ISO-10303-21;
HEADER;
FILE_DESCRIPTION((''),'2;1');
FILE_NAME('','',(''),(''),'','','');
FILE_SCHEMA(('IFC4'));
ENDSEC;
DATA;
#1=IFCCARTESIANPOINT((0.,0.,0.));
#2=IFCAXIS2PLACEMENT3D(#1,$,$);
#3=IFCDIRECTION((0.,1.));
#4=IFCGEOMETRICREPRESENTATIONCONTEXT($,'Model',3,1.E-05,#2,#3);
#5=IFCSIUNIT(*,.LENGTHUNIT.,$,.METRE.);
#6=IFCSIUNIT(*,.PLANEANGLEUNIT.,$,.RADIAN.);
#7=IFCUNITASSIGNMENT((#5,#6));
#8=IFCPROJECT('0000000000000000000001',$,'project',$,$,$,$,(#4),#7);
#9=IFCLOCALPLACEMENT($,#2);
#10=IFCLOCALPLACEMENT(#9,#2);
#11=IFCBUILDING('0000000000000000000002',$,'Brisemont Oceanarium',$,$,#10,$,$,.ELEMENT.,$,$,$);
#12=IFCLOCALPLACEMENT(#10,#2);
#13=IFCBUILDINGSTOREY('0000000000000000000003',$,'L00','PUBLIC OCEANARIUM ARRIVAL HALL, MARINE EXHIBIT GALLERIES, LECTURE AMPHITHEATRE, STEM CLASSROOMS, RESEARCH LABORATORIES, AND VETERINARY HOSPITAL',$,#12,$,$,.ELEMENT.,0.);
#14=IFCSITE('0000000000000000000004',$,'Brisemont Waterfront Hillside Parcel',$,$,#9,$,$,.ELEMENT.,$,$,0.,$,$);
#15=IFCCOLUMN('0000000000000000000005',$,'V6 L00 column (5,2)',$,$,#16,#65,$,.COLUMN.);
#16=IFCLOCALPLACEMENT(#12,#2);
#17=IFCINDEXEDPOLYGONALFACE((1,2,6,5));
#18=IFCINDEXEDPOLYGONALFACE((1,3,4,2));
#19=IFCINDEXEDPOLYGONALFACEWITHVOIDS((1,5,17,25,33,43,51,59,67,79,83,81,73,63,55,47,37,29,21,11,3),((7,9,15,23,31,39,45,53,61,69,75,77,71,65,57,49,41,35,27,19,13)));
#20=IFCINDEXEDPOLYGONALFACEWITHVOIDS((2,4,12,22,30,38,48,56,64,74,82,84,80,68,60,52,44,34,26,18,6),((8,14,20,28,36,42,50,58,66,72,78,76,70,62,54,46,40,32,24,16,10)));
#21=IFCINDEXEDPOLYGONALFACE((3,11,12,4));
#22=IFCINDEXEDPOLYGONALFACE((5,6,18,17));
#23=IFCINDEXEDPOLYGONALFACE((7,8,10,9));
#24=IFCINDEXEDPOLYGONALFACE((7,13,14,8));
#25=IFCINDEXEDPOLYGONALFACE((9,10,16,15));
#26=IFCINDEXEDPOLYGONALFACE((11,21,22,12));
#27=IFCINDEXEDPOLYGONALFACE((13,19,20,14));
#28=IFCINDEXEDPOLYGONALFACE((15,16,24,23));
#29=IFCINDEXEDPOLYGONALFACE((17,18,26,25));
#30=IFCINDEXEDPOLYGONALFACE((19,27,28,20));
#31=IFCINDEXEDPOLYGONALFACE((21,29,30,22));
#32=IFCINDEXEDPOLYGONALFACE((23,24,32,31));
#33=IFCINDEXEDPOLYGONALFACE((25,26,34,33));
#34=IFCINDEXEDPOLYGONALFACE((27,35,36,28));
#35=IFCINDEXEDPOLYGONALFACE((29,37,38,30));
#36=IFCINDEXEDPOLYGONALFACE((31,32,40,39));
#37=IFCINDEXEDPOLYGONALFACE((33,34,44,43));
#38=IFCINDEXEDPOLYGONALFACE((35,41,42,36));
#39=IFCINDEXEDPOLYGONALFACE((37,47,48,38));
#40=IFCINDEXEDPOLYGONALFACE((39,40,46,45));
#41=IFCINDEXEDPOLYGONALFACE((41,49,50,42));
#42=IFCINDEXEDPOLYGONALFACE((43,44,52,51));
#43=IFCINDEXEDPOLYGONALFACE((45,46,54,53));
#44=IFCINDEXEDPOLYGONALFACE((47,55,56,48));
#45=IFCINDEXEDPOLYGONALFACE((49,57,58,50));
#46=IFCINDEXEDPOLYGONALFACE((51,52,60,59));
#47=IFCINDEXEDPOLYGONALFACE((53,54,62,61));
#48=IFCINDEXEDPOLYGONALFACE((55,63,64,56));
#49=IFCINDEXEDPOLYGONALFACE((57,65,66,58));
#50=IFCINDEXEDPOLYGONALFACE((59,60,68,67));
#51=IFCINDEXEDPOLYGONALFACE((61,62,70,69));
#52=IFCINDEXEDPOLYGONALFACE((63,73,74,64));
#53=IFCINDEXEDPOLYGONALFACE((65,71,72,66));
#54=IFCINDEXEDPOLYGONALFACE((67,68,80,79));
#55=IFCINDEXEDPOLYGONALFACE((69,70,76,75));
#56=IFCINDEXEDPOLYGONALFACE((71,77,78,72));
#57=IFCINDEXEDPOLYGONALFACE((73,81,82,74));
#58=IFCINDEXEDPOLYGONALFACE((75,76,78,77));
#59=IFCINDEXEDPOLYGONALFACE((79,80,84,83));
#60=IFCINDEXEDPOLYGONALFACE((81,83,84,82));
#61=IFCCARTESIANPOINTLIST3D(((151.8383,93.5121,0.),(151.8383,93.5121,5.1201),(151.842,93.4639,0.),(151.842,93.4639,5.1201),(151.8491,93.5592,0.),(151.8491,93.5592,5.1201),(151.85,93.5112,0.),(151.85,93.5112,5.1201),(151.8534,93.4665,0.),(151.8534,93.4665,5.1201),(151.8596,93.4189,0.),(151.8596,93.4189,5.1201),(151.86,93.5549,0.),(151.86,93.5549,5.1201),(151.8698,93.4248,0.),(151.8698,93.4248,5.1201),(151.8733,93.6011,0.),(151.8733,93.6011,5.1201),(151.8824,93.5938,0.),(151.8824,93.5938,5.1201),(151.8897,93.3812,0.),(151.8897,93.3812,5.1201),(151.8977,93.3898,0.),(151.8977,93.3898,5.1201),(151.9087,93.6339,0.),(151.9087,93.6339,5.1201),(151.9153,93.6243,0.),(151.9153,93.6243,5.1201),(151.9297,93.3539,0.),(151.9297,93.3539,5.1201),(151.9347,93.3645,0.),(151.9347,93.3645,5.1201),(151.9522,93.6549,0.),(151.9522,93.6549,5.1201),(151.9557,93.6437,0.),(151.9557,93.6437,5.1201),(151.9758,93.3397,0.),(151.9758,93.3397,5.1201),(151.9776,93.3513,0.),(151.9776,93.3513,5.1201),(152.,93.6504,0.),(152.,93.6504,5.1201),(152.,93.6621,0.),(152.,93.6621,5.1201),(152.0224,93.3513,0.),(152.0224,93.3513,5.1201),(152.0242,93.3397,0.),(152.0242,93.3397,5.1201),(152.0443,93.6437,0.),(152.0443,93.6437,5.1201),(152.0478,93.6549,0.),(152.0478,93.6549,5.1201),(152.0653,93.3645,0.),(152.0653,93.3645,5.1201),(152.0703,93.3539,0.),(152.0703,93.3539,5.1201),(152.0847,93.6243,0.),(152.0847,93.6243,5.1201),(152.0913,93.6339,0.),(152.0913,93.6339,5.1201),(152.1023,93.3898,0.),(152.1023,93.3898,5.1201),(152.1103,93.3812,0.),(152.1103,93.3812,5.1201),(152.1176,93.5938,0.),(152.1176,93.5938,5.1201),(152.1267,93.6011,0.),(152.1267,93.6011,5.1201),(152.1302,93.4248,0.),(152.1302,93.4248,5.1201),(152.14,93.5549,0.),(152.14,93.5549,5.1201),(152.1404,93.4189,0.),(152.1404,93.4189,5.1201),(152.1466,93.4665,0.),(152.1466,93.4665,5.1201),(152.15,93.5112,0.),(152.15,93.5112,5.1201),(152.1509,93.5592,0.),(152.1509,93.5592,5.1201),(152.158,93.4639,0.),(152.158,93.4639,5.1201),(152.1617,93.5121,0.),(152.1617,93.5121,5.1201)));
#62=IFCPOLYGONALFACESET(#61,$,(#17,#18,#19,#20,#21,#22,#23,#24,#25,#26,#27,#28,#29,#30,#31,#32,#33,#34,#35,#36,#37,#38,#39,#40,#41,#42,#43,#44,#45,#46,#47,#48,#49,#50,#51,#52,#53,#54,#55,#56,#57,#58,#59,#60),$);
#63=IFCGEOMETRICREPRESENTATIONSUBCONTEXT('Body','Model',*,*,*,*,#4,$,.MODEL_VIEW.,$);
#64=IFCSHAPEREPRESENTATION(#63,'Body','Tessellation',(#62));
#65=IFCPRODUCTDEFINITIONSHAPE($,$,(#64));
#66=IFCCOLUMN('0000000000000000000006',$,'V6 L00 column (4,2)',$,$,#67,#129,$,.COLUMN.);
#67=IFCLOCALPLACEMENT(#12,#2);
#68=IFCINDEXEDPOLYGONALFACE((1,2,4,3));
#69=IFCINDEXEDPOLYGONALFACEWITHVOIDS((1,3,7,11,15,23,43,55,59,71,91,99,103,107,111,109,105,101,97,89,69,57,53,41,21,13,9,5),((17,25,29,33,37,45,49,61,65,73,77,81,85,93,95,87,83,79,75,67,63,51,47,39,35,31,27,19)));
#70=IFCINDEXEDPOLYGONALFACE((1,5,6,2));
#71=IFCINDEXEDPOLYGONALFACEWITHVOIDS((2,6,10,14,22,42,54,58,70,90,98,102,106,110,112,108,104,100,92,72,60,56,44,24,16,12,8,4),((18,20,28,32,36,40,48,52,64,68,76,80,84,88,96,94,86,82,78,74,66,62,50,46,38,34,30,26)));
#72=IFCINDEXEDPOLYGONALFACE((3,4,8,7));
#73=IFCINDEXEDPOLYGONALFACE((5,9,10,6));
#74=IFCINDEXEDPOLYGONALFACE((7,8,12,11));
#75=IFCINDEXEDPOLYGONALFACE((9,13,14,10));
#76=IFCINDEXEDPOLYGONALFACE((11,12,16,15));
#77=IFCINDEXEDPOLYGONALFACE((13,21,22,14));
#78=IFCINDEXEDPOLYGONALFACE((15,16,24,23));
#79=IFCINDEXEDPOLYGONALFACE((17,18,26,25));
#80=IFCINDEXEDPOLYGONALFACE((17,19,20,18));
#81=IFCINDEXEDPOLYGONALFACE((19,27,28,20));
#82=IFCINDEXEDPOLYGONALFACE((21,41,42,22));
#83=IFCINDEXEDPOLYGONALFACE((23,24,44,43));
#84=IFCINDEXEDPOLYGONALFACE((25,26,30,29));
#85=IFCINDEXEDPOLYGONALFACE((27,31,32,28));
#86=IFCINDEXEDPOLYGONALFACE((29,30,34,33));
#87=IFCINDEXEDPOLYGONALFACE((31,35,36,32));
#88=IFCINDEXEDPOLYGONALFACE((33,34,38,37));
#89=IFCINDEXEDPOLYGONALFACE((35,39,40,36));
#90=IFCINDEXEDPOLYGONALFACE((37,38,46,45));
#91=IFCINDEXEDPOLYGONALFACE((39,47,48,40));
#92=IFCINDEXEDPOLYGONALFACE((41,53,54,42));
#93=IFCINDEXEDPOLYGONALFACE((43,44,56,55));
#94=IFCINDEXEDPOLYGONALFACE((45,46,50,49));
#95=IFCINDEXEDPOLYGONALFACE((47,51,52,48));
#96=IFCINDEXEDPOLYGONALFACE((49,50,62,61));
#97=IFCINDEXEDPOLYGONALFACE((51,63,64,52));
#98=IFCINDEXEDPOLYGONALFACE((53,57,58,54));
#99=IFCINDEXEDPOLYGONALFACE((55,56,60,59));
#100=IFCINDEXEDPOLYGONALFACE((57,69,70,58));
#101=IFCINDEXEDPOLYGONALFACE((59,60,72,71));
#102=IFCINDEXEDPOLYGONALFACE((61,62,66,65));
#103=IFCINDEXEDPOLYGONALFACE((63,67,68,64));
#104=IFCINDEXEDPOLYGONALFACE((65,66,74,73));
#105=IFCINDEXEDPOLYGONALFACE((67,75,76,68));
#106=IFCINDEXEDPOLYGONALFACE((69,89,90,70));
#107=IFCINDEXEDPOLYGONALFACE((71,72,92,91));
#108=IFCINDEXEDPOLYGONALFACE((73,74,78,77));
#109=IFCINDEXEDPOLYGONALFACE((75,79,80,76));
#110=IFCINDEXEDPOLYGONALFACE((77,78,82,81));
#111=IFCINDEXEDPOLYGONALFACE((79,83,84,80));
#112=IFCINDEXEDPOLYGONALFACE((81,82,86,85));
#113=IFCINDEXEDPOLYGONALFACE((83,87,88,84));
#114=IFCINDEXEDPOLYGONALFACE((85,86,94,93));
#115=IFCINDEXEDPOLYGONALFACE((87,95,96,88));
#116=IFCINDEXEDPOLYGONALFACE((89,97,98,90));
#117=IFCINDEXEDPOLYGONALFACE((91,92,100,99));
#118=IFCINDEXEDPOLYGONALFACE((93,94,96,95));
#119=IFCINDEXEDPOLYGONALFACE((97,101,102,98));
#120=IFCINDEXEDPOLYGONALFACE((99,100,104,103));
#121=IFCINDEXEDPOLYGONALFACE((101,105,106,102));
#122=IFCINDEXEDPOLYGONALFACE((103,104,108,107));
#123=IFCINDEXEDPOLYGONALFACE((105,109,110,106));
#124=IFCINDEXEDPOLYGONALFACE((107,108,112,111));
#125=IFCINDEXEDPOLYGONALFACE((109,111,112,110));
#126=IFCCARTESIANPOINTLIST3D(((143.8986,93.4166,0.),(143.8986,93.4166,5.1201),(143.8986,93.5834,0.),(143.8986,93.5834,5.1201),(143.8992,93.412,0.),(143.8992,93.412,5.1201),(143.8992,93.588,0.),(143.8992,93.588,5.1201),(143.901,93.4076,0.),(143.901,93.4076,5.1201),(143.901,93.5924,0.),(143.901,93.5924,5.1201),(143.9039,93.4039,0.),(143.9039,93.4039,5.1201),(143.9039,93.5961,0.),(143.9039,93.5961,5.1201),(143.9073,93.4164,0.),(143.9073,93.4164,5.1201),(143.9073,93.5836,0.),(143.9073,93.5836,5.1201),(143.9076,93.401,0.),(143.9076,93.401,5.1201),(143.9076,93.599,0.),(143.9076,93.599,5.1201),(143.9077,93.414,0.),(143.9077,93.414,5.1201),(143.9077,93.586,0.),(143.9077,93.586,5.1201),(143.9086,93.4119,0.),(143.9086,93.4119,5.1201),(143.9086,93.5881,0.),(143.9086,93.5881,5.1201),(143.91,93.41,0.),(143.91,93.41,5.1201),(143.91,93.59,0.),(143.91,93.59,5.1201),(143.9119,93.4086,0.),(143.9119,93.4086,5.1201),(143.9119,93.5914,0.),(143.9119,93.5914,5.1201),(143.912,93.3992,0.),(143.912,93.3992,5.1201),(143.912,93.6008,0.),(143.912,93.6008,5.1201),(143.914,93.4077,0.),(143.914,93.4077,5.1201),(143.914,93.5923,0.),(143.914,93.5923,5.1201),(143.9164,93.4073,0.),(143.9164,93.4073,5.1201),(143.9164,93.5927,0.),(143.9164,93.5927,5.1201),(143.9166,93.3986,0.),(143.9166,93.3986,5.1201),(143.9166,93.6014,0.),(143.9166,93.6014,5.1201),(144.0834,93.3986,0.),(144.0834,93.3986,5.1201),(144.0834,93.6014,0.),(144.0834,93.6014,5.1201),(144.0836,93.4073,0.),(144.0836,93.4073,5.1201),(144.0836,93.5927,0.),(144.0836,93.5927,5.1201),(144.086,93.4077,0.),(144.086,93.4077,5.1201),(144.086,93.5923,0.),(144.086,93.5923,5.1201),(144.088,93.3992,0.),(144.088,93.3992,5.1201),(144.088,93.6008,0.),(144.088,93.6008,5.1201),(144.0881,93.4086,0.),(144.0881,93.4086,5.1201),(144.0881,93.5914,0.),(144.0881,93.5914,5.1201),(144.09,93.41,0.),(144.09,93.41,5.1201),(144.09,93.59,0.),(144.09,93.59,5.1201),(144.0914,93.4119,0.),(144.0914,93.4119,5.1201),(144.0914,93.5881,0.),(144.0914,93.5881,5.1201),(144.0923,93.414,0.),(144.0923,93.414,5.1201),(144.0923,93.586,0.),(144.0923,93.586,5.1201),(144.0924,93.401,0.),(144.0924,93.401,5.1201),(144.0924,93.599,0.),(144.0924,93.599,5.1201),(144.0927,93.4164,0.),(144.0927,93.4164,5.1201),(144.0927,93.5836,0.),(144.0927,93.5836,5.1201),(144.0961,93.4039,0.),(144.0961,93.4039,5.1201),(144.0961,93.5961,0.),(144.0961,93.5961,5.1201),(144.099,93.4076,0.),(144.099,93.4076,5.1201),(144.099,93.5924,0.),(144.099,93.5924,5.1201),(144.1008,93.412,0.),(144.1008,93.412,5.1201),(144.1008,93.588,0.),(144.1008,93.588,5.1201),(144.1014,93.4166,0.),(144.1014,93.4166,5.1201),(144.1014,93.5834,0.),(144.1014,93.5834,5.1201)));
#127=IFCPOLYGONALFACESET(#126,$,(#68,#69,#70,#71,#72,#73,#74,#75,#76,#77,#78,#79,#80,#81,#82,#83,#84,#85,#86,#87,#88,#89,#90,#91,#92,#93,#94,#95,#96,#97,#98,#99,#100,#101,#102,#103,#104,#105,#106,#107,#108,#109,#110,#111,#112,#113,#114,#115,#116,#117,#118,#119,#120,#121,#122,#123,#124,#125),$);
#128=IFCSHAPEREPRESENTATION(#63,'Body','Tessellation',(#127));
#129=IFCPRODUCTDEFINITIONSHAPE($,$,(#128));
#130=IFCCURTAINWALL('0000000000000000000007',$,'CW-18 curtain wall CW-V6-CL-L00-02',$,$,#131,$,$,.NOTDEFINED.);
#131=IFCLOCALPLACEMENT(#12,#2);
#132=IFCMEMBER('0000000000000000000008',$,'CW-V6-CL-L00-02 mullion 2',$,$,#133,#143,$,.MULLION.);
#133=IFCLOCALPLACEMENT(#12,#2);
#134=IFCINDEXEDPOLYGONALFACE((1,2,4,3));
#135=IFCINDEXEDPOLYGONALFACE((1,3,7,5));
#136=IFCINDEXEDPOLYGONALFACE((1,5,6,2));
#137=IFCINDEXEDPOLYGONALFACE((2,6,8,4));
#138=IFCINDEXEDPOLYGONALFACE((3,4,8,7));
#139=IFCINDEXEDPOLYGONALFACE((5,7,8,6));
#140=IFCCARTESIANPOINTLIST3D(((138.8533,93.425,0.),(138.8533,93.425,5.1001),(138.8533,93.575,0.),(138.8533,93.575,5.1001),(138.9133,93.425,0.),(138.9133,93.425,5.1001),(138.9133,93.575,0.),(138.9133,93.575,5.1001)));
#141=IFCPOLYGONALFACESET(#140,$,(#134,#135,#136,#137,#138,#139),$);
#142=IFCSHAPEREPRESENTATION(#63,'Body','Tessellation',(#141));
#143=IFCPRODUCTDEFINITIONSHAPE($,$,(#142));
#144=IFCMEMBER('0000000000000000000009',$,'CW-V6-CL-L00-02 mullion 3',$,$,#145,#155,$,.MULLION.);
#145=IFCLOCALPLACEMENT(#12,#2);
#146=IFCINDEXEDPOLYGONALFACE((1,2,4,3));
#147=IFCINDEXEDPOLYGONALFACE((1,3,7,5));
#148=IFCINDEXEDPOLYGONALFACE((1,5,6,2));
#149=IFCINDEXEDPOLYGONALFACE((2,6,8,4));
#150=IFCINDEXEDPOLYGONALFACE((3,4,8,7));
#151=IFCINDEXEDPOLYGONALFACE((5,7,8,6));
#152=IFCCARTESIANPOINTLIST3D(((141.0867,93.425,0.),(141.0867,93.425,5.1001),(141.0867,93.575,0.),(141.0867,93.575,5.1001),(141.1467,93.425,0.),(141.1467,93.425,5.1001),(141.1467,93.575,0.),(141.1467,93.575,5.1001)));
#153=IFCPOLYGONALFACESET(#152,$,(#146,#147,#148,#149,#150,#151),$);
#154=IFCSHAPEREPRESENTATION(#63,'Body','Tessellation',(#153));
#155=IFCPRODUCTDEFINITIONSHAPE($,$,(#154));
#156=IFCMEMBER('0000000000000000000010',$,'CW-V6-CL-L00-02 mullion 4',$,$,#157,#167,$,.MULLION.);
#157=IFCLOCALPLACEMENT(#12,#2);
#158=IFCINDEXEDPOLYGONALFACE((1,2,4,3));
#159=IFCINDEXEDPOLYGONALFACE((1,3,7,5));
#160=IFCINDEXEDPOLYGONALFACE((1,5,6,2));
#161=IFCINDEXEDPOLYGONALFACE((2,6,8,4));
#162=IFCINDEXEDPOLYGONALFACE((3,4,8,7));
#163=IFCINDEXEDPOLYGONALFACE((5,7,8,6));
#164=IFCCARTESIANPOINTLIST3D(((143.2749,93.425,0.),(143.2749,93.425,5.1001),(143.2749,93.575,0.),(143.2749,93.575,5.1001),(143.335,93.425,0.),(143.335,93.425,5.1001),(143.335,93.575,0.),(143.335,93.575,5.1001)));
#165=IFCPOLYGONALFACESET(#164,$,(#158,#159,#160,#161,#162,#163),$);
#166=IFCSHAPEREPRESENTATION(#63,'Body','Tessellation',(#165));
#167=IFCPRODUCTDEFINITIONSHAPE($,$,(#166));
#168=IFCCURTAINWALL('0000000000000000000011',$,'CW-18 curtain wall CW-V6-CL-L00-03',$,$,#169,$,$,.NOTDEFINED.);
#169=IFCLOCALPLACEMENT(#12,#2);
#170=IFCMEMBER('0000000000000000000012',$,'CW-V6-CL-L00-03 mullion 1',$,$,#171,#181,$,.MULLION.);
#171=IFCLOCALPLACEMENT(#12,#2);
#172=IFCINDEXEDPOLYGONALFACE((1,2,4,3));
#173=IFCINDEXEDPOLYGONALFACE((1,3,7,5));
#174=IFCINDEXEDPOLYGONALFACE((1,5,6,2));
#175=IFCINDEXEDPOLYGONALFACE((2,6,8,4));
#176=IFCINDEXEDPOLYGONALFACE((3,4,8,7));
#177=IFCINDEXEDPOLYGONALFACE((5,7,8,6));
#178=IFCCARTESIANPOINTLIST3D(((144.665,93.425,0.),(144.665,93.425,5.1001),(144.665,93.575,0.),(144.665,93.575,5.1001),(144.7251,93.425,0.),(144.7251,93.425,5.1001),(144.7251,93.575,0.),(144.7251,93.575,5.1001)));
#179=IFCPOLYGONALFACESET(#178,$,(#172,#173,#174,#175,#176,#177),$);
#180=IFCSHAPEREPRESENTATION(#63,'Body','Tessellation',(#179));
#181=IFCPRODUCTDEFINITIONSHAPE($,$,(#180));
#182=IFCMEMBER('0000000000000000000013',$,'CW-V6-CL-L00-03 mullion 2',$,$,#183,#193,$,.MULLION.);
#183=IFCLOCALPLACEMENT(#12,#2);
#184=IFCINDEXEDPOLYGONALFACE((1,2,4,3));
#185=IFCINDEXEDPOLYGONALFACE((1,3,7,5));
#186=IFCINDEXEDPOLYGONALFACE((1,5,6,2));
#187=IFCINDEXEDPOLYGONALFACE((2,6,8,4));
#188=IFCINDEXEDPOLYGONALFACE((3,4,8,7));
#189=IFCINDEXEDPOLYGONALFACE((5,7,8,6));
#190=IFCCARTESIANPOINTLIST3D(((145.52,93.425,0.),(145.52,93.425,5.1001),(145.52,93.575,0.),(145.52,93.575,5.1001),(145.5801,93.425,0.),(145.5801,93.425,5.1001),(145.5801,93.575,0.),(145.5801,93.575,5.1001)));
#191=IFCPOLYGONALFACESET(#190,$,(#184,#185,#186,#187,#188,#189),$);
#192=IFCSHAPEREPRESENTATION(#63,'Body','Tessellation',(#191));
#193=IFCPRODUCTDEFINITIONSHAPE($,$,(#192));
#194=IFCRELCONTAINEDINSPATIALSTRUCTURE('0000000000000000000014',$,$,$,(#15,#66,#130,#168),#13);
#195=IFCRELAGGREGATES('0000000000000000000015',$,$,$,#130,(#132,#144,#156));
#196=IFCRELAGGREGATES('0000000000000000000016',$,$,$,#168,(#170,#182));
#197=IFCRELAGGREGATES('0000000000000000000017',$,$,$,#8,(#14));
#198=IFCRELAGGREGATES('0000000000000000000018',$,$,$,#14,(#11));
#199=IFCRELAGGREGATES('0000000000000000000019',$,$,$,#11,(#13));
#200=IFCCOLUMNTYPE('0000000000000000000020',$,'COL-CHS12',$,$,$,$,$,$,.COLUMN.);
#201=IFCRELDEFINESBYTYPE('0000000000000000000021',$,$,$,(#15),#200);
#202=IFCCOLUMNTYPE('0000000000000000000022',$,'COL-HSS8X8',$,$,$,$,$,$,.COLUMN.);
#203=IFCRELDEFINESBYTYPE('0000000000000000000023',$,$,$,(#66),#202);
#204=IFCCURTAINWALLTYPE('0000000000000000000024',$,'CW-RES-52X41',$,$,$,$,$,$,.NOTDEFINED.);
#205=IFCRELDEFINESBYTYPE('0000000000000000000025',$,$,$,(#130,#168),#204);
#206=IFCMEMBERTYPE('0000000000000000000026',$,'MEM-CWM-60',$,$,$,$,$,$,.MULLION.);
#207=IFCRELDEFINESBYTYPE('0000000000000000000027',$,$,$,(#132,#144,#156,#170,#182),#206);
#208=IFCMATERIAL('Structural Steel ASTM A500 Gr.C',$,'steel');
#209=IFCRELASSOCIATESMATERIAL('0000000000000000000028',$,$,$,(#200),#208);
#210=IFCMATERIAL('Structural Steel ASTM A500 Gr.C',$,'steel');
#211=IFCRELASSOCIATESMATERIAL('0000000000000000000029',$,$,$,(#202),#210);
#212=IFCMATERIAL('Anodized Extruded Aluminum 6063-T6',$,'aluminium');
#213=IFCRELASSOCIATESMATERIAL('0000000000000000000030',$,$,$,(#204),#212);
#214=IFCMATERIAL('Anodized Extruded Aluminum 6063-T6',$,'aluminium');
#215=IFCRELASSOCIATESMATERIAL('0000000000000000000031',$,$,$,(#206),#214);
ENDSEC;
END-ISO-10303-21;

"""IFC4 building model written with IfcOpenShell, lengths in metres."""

from ifc_helpers import new_model, si_unit, direction, frame, origin, origin_2d, place, context, subcontext, project, spatial, rectangle, hollow_rectangle, hollow_circle, extrude, material, material_profile, profile_set, type_object, element, aggregate, save


model = new_model("IFC4")

# Units and contexts
model_context = context("Model", 3, precision=1e-05, world=origin(), true_north=direction((0.0, 1.0)))
body_context = subcontext(model_context, "Body", "Model", "MODEL_VIEW")
ifc_project = project(units=[si_unit("LENGTHUNIT", "METRE"), si_unit("PLANEANGLEUNIT", "RADIAN")], contexts=[model_context])

# Site, building, storey
site_placement = place(None, origin())
site = spatial("IfcSite", under=ifc_project, at=site_placement, Name="Brisemont Waterfront Hillside Parcel", CompositionType="ELEMENT", RefElevation=0.0)
building_placement = place(site_placement, origin())
building = spatial("IfcBuilding", under=site, at=building_placement, Name="Brisemont Oceanarium", CompositionType="ELEMENT")
storey_placement = place(building_placement, origin())
storey = spatial("IfcBuildingStorey", under=building, at=storey_placement, Name="L00", Description="PUBLIC OCEANARIUM ARRIVAL HALL, MARINE EXHIBIT GALLERIES, LECTURE AMPHITHEATRE, STEM CLASSROOMS, RESEARCH LABORATORIES, AND VETERINARY HOSPITAL", CompositionType="ELEMENT", Elevation=0.0)

# Columns
ifc_material_1 = material(Name="Structural Steel ASTM A500 Gr.C", Category="steel")
ifc_material_profile_1 = material_profile(ifc_material_1, hollow_circle(Radius=0.1621, WallThickness=0.0117, at=origin_2d()), Name="HSS12.750X0.500")
ifc_profile_set_1 = profile_set([ifc_material_profile_1], Name="Structural Steel ASTM A500 Gr.C")
column_type_1 = type_object("IfcColumnType", Name="COL-CHS12", PredefinedType="COLUMN", material=ifc_profile_set_1)
column_1_placement = place(storey_placement, frame((152.0, 93.5, 0.0), z_axis=(0.0, 0.0, 1.0), x_axis=(0.0, 1.0, 0.0)))
element("IfcColumn", 1, at=column_1_placement, inside=storey, type_object=column_type_1, Name="V6 L00 column (5,2)", PredefinedType="COLUMN", context=body_context, shape_type="SweptSolid", body=[
    extrude(hollow_circle(Radius=0.1621, WallThickness=0.0117, at=origin_2d()), origin(), (0.0, 0.0, 1.0), 5.1201),
])
ifc_material_2 = material(Name="Structural Steel ASTM A500 Gr.C", Category="steel")
ifc_material_profile_2 = material_profile(ifc_material_2, hollow_rectangle(XDim=0.2029, YDim=0.2029, WallThickness=0.0088, InnerFilletRadius=0.009, OuterFilletRadius=0.0181, at=origin_2d()), Name="HSS8X8X3/8")
ifc_profile_set_2 = profile_set([ifc_material_profile_2], Name="Structural Steel ASTM A500 Gr.C")
column_type_2 = type_object("IfcColumnType", Name="COL-HSS8X8", PredefinedType="COLUMN", material=ifc_profile_set_2)
column_2_placement = place(storey_placement, frame((144.0, 93.5, 0.0), z_axis=(0.0, 0.0, 1.0), x_axis=(1.0, 0.0, 0.0)))
element("IfcColumn", 2, at=column_2_placement, inside=storey, type_object=column_type_2, Name="V6 L00 column (4,2)", PredefinedType="COLUMN", context=body_context, shape_type="SweptSolid", body=[
    extrude(hollow_rectangle(XDim=0.2029, YDim=0.2029, WallThickness=0.0088, InnerFilletRadius=0.009, OuterFilletRadius=0.0181, at=origin_2d()), origin(), (0.0, 0.0, 1.0), 5.1201),
])

# Curtain walls, members
ifc_material_3 = material(Name="Anodized Extruded Aluminum 6063-T6", Category="aluminium")
curtain_wall_type = type_object("IfcCurtainWallType", Name="CW-RES-52X41", PredefinedType="NOTDEFINED", material=ifc_material_3)
curtain_wall_1_placement = place(storey_placement, origin())
curtain_wall_1 = element("IfcCurtainWall", 3, at=curtain_wall_1_placement, inside=storey, type_object=curtain_wall_type, Name="CW-18 curtain wall CW-V6-CL-L00-02", PredefinedType="NOTDEFINED")
ifc_material_4 = material(Name="Anodized Extruded Aluminum 6063-T6", Category="aluminium")
ifc_material_profile_3 = material_profile(ifc_material_4, rectangle(XDim=0.0601, YDim=0.1499, at=origin_2d()), Name="CWM-60X150")
ifc_profile_set_3 = profile_set([ifc_material_profile_3], Name="Anodized Extruded Aluminum 6063-T6")
member_type_1 = type_object("IfcMemberType", Name="MEM-CWM-60", PredefinedType="MULLION", material=ifc_profile_set_3)
member_1_placement = place(storey_placement, frame((138.8833, 93.5, 0.0), z_axis=(0.0, 0.0, 1.0), x_axis=(1.0, 0.0, 0.0)))
member_1 = element("IfcMember", 4, at=member_1_placement, type_object=member_type_1, Name="CW-V6-CL-L00-02 mullion 2", PredefinedType="MULLION", context=body_context, shape_type="SweptSolid", body=[
    extrude(rectangle(XDim=0.0601, YDim=0.1499, at=origin_2d()), origin(), (0.0, 0.0, 1.0), 5.1001),
])
member_2_placement = place(storey_placement, frame((141.1167, 93.5, 0.0), z_axis=(0.0, 0.0, 1.0), x_axis=(1.0, 0.0, 0.0)))
member_2 = element("IfcMember", 5, at=member_2_placement, type_object=member_type_1, Name="CW-V6-CL-L00-02 mullion 3", PredefinedType="MULLION", context=body_context, shape_type="SweptSolid", body=[
    extrude(rectangle(XDim=0.0601, YDim=0.1499, at=origin_2d()), origin(), (0.0, 0.0, 1.0), 5.1001),
])
member_3_placement = place(storey_placement, frame((143.3049, 93.5, 0.0), z_axis=(0.0, 0.0, 1.0), x_axis=(1.0, 0.0, 0.0)))
member_3 = element("IfcMember", 6, at=member_3_placement, type_object=member_type_1, Name="CW-V6-CL-L00-02 mullion 4", PredefinedType="MULLION", context=body_context, shape_type="SweptSolid", body=[
    extrude(rectangle(XDim=0.0601, YDim=0.1499, at=origin_2d()), origin(), (0.0, 0.0, 1.0), 5.1001),
])
curtain_wall_2_placement = place(storey_placement, origin())
curtain_wall_2 = element("IfcCurtainWall", 7, at=curtain_wall_2_placement, inside=storey, type_object=curtain_wall_type, Name="CW-18 curtain wall CW-V6-CL-L00-03", PredefinedType="NOTDEFINED")
member_4_placement = place(storey_placement, frame((144.6951, 93.5, 0.0), z_axis=(0.0, 0.0, 1.0), x_axis=(1.0, 0.0, 0.0)))
member_4 = element("IfcMember", 8, at=member_4_placement, type_object=member_type_1, Name="CW-V6-CL-L00-03 mullion 1", PredefinedType="MULLION", context=body_context, shape_type="SweptSolid", body=[
    extrude(rectangle(XDim=0.0601, YDim=0.1499, at=origin_2d()), origin(), (0.0, 0.0, 1.0), 5.1001),
])
member_5_placement = place(storey_placement, frame((145.55, 93.5, 0.0), z_axis=(0.0, 0.0, 1.0), x_axis=(1.0, 0.0, 0.0)))
member_5 = element("IfcMember", 9, at=member_5_placement, type_object=member_type_1, Name="CW-V6-CL-L00-03 mullion 2", PredefinedType="MULLION", context=body_context, shape_type="SweptSolid", body=[
    extrude(rectangle(XDim=0.0601, YDim=0.1499, at=origin_2d()), origin(), (0.0, 0.0, 1.0), 5.1001),
])

aggregate(curtain_wall_1, [member_1, member_2, member_3])
aggregate(curtain_wall_2, [member_4, member_5])

save(model, "model.ifc")
